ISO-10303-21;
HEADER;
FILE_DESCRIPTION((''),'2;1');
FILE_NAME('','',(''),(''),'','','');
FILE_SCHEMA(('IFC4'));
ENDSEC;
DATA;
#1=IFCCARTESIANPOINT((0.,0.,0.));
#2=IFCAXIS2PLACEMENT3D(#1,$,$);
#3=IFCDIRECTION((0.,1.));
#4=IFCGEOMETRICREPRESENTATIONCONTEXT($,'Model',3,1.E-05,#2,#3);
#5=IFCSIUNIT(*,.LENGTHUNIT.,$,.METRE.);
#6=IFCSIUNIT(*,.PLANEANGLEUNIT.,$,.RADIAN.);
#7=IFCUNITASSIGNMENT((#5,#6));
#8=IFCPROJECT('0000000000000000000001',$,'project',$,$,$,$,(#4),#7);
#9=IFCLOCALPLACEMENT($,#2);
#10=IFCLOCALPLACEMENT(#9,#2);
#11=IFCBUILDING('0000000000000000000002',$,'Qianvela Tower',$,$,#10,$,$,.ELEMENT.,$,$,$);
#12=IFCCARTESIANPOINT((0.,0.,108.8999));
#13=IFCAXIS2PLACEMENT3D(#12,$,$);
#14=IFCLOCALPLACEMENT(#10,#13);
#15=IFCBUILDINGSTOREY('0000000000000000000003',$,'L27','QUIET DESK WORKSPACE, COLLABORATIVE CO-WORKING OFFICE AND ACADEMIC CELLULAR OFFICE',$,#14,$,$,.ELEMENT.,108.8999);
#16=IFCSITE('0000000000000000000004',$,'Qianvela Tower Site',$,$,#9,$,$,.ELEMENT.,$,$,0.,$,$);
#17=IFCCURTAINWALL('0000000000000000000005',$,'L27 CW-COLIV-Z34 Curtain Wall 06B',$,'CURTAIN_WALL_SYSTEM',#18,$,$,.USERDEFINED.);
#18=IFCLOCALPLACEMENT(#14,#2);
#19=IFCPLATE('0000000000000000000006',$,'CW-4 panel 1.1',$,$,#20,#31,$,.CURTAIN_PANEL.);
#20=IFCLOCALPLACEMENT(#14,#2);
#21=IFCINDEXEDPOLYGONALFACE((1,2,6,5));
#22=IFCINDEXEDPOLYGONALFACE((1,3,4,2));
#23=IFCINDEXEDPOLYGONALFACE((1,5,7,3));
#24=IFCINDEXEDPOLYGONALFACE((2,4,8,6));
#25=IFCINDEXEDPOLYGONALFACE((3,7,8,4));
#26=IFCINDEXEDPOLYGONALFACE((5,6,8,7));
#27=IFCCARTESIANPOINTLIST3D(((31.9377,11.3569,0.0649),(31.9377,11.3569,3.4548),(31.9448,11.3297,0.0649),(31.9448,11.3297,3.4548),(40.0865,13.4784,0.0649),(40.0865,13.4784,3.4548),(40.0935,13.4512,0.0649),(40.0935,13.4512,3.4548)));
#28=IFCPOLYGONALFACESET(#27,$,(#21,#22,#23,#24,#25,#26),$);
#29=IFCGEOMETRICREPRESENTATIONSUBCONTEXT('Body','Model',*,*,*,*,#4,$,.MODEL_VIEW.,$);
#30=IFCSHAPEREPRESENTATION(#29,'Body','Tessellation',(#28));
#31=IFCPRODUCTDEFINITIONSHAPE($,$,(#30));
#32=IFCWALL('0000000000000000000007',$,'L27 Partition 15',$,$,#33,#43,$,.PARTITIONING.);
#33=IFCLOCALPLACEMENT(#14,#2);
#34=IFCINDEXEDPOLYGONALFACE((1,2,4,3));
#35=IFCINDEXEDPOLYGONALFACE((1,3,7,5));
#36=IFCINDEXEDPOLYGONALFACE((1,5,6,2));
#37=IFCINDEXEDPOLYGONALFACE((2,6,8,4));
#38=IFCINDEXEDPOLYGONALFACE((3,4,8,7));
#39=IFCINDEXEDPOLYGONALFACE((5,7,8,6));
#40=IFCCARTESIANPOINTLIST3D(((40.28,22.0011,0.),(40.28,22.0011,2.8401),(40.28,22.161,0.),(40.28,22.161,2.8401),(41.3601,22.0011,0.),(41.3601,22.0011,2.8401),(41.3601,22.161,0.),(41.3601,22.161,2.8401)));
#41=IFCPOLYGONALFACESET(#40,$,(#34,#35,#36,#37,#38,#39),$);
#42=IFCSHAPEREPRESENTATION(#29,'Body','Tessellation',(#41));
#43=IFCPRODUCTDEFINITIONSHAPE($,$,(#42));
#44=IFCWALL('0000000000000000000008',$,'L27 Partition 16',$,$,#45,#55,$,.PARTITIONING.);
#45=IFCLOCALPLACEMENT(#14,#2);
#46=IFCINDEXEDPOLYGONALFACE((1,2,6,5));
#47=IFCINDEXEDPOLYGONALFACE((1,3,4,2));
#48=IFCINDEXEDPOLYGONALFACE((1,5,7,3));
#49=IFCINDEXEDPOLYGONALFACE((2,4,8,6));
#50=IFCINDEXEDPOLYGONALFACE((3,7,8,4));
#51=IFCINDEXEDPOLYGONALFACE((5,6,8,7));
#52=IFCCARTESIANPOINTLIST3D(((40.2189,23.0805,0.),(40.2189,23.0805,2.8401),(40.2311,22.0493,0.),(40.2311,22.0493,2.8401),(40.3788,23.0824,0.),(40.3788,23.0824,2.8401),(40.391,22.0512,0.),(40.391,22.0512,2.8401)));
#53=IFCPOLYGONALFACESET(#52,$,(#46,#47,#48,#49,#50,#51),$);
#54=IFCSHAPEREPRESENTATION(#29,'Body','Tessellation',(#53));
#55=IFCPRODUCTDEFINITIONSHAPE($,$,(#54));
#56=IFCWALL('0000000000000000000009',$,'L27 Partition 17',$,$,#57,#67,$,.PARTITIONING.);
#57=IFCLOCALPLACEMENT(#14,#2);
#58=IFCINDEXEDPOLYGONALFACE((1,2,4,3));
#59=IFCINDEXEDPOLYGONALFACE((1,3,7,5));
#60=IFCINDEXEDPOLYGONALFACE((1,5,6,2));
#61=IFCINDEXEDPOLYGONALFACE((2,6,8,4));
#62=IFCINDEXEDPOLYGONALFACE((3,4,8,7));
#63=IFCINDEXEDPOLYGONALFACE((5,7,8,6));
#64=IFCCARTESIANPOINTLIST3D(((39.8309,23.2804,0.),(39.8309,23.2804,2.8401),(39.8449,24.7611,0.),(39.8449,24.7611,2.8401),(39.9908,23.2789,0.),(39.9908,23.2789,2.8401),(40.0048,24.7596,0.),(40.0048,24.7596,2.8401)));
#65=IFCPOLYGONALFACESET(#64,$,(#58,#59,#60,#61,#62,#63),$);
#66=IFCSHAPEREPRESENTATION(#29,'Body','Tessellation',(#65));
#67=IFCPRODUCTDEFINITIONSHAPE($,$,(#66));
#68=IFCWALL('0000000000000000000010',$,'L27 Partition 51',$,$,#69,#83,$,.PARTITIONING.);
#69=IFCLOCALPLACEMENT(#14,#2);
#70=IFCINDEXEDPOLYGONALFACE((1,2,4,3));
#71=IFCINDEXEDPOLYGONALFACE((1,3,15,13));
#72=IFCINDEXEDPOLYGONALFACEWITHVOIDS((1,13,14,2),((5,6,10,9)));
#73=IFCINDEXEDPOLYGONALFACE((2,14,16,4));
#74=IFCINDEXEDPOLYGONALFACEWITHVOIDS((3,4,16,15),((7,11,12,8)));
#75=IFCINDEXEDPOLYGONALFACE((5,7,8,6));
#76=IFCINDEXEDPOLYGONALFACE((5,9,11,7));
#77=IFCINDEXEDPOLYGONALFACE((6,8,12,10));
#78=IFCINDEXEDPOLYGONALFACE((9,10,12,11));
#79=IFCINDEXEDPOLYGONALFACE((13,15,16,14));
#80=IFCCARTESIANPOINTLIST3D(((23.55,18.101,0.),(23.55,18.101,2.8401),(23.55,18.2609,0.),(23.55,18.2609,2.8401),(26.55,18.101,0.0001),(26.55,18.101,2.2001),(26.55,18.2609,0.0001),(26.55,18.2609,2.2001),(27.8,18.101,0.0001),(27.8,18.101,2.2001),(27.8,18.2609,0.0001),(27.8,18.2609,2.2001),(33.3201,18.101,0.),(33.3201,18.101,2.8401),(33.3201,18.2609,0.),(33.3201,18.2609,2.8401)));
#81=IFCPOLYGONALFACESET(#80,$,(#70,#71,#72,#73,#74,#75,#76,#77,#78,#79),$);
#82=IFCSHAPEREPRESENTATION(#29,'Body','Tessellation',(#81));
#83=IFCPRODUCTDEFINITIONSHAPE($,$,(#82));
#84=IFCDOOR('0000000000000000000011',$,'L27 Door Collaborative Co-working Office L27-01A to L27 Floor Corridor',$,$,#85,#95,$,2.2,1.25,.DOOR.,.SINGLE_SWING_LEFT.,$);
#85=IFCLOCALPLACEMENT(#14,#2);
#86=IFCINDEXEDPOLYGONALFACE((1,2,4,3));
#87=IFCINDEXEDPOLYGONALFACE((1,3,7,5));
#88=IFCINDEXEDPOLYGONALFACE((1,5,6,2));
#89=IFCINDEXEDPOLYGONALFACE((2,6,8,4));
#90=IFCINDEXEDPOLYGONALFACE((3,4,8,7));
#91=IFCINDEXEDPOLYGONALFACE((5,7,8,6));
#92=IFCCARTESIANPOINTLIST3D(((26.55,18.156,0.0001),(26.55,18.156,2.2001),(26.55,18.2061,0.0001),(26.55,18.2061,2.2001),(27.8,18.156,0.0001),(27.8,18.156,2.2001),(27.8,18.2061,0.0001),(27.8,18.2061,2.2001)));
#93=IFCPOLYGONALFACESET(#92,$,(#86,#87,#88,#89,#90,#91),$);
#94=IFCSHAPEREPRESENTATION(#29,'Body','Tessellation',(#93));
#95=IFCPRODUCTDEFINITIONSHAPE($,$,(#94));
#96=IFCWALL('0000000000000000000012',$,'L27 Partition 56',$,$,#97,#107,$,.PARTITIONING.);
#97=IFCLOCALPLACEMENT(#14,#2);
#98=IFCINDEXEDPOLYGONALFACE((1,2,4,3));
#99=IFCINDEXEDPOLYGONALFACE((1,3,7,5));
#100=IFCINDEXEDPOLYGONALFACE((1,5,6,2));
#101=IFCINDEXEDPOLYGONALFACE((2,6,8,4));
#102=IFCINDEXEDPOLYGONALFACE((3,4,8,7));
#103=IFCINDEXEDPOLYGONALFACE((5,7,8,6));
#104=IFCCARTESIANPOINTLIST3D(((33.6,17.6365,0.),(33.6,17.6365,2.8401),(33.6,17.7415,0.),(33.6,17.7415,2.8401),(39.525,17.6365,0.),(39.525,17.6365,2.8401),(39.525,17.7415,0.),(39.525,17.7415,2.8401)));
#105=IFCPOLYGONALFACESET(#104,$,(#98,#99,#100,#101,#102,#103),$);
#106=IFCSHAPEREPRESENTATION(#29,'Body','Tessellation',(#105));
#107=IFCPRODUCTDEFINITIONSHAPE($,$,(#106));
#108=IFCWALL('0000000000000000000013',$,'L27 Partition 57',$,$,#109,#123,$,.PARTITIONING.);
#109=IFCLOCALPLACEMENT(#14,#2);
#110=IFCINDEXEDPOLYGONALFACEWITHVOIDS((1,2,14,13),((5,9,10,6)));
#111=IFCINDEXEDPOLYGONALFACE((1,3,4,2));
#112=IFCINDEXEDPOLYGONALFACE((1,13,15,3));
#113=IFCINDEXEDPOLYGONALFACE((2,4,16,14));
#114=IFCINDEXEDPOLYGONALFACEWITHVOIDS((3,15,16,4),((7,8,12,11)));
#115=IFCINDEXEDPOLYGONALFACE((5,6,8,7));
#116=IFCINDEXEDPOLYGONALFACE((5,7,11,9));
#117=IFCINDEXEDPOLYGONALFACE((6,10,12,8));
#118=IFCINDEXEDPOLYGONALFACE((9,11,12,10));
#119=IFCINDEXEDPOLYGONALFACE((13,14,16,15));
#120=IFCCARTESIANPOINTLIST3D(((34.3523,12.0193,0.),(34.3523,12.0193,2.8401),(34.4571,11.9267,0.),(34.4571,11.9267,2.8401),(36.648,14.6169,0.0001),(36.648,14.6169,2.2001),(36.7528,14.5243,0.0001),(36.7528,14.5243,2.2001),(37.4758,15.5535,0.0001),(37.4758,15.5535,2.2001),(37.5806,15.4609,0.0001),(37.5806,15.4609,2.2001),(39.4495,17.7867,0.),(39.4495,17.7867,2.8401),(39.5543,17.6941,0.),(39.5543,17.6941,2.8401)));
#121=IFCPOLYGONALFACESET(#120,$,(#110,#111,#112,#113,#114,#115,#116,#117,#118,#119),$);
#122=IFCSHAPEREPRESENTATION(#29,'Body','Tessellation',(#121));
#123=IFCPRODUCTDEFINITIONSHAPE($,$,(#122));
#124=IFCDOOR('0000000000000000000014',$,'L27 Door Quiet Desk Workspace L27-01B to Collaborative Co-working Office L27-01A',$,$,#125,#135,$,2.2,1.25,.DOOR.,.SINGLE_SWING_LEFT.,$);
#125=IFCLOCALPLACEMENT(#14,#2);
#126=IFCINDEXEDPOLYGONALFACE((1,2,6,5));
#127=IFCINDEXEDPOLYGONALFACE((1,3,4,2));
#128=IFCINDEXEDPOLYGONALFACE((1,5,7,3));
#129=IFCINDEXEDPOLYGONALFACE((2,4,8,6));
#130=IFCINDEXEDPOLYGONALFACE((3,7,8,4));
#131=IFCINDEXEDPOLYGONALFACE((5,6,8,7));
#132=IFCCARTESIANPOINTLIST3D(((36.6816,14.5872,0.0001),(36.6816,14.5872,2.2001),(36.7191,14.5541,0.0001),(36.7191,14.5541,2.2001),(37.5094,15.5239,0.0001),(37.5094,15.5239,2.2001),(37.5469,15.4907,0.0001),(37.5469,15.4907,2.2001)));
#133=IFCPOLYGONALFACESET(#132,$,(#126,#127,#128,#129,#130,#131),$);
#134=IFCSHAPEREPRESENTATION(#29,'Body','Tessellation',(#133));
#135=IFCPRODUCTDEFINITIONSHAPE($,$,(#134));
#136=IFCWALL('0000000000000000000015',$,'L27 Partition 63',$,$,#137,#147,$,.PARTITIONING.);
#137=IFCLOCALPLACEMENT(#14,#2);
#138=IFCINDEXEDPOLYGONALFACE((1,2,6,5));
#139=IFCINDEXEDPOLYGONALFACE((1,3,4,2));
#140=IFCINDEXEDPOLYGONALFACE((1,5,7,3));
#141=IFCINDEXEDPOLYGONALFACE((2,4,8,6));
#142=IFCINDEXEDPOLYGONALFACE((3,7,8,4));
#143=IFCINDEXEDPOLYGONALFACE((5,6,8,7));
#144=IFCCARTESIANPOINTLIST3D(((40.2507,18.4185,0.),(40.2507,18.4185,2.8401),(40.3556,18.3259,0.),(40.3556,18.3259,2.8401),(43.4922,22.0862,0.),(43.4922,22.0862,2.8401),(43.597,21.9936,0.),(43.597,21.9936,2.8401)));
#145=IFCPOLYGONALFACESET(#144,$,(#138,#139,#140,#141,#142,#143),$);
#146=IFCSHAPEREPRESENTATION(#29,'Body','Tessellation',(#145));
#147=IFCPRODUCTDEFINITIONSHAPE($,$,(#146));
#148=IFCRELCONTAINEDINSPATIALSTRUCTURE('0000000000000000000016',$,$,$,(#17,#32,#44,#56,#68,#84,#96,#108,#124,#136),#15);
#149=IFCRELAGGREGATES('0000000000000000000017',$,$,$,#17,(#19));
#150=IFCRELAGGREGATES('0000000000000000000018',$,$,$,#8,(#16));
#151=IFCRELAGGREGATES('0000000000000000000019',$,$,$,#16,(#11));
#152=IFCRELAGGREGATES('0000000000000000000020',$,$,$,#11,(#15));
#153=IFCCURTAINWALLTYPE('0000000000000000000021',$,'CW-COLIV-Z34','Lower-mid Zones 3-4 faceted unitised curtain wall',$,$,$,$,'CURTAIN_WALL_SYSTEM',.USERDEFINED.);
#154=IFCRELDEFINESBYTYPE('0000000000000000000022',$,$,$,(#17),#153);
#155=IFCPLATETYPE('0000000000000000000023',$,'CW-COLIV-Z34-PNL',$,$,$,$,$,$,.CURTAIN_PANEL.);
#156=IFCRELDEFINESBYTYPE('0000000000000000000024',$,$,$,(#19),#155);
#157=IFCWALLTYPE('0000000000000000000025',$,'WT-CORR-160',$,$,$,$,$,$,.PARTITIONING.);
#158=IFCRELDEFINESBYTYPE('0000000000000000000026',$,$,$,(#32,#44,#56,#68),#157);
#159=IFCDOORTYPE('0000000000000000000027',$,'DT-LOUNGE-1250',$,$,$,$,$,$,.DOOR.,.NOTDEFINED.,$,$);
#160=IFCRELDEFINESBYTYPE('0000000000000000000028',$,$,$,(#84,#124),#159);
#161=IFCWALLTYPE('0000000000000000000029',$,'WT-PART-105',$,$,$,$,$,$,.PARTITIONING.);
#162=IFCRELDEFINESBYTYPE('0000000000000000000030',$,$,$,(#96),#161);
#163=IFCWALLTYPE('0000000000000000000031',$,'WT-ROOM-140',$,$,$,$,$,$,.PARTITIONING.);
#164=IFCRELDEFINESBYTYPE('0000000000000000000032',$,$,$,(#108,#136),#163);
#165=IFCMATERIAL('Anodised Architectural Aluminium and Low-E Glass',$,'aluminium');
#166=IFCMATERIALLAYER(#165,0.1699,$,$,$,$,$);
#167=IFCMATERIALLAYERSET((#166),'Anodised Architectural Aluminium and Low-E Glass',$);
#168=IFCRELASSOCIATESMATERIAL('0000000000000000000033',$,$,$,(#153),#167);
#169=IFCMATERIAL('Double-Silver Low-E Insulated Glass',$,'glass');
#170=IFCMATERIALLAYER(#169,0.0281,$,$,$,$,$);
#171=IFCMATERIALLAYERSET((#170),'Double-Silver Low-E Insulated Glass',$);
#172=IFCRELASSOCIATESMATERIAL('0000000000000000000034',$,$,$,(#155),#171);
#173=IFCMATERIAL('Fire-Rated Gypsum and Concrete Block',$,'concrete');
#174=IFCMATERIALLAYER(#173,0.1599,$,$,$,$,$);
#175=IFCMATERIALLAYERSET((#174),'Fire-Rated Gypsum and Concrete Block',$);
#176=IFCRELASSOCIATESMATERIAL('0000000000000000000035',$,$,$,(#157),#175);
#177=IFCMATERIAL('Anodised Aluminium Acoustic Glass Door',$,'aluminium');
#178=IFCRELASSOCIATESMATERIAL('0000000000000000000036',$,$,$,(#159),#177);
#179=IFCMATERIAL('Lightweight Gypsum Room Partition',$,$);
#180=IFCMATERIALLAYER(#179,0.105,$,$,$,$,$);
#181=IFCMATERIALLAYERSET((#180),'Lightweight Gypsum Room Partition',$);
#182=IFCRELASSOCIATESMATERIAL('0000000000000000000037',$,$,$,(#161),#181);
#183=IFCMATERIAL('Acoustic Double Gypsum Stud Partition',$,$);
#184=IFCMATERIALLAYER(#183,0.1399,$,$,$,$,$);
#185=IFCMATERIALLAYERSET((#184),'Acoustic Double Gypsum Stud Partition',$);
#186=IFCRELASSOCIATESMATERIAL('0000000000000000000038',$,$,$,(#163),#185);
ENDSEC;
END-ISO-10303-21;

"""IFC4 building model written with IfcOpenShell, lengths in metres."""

from ifc_helpers import new_model, si_unit, direction, frame, frame_2d, origin, origin_2d, place, context, subcontext, project, spatial, rectangle, extrude, material, layer, layer_set, type_object, element, fill, aggregate, save


model = new_model("IFC4")

# Units and contexts
model_context = context("Model", 3, precision=1e-05, world=origin(), true_north=direction((0.0, 1.0)))
body_context = subcontext(model_context, "Body", "Model", "MODEL_VIEW")
ifc_project = project(units=[si_unit("LENGTHUNIT", "METRE"), si_unit("PLANEANGLEUNIT", "RADIAN")], contexts=[model_context])

# Site, building, storey
site_placement = place(None, origin())
site = spatial("IfcSite", under=ifc_project, at=site_placement, Name="Qianvela Tower Site", CompositionType="ELEMENT", RefElevation=0.0)
building_placement = place(site_placement, origin())
building = spatial("IfcBuilding", under=site, at=building_placement, Name="Qianvela Tower", CompositionType="ELEMENT")
storey_placement = place(building_placement, frame((0.0, 0.0, 108.8999)))
storey = spatial("IfcBuildingStorey", under=building, at=storey_placement, Name="L27", Description="QUIET DESK WORKSPACE, COLLABORATIVE CO-WORKING OFFICE AND ACADEMIC CELLULAR OFFICE", CompositionType="ELEMENT", Elevation=108.8999)

# Curtain wall, plate
ifc_material_1 = material(Name="Anodised Architectural Aluminium and Low-E Glass", Category="aluminium")
ifc_layer_1 = layer(ifc_material_1, 0.1699)
ifc_layer_set_1 = layer_set([ifc_layer_1], Name="Anodised Architectural Aluminium and Low-E Glass")
curtain_wall_type = type_object("IfcCurtainWallType", Name="CW-COLIV-Z34", Description="Lower-mid Zones 3-4 faceted unitised curtain wall", ElementType="CURTAIN_WALL_SYSTEM", PredefinedType="USERDEFINED", material=ifc_layer_set_1)
curtain_wall_placement = place(storey_placement, origin())
curtain_wall = element("IfcCurtainWall", 1, at=curtain_wall_placement, inside=storey, type_object=curtain_wall_type, Name="L27 CW-COLIV-Z34 Curtain Wall 06B", ObjectType="CURTAIN_WALL_SYSTEM", PredefinedType="USERDEFINED")
ifc_material_2 = material(Name="Double-Silver Low-E Insulated Glass", Category="glass")
ifc_layer_2 = layer(ifc_material_2, 0.0281)
ifc_layer_set_2 = layer_set([ifc_layer_2], Name="Double-Silver Low-E Insulated Glass")
plate_type = type_object("IfcPlateType", Name="CW-COLIV-Z34-PNL", PredefinedType="CURTAIN_PANEL", material=ifc_layer_set_2)
plate_placement = place(storey_placement, frame((36.0156, 12.4041, 0.0649), z_axis=(0.0, 0.0, 1.0), x_axis=(0.96774, 0.251949, 0.0)))
plate = element("IfcPlate", 2, at=plate_placement, type_object=plate_type, Name="CW-4 panel 1.1", PredefinedType="CURTAIN_PANEL", context=body_context, shape_type="SweptSolid", body=[
    extrude(rectangle(XDim=8.4204, YDim=0.0281, at=origin_2d()), origin(), (0.0, 0.0, 1.0), 3.3899),
])
aggregate(curtain_wall, [plate])

# Shared definitions
ifc_material_3 = material(Name="Fire-Rated Gypsum and Concrete Block", Category="concrete")
ifc_layer_3 = layer(ifc_material_3, 0.1599)
ifc_layer_set_3 = layer_set([ifc_layer_3], Name="Fire-Rated Gypsum and Concrete Block")
wall_type_1 = type_object("IfcWallType", Name="WT-CORR-160", PredefinedType="PARTITIONING", material=ifc_layer_set_3)

# Walls
wall_1_placement = place(storey_placement, frame((41.3601, 22.0811, 0.0), z_axis=(0.0, 0.0, 1.0), x_axis=(-1.0, 0.0, 0.0)))
element("IfcWall", 3, at=wall_1_placement, inside=storey, type_object=wall_type_1, Name="L27 Partition 15", PredefinedType="PARTITIONING", context=body_context, shape_type="SweptSolid", body=[
    extrude(rectangle(XDim=1.0801, YDim=0.1599, at=frame_2d((0.54, 0.0))), origin(), (0.0, 0.0, 1.0), 2.8401),
])
wall_2_placement = place(storey_placement, frame((40.311, 22.0503, 0.0), z_axis=(0.0, 0.0, 1.0), x_axis=(-0.011836, 0.99993, 0.0)))
element("IfcWall", 4, at=wall_2_placement, inside=storey, type_object=wall_type_1, Name="L27 Partition 16", PredefinedType="PARTITIONING", context=body_context, shape_type="SweptSolid", body=[
    extrude(rectangle(XDim=1.0312, YDim=0.1599, at=frame_2d((0.5156, 0.0))), origin(), (0.0, 0.0, 1.0), 2.8401),
])
wall_3_placement = place(storey_placement, frame((39.9109, 23.2798, 0.0), z_axis=(0.0, 0.0, 1.0), x_axis=(0.009398, 0.999956, 0.0)))
element("IfcWall", 5, at=wall_3_placement, inside=storey, type_object=wall_type_1, Name="L27 Partition 17", PredefinedType="PARTITIONING", context=body_context, shape_type="SweptSolid", body=[
    extrude(rectangle(XDim=1.4807, YDim=0.1599, at=frame_2d((0.7402, 0.0))), origin(), (0.0, 0.0, 1.0), 2.8401),
])

# Wall, opening, door
wall_4_placement = place(storey_placement, frame((33.3201, 18.1809, 0.0), z_axis=(0.0, 0.0, 1.0), x_axis=(-1.0, 0.0, 0.0)))
wall_4 = element("IfcWall", 6, at=wall_4_placement, inside=storey, type_object=wall_type_1, Name="L27 Partition 51", PredefinedType="PARTITIONING", context=body_context, shape_type="SweptSolid", body=[
    extrude(rectangle(XDim=9.77, YDim=0.1599, at=frame_2d((4.885, 0.0))), origin(), (0.0, 0.0, 1.0), 2.8401),
])
opening_1_placement = place(wall_4_placement, frame((5.52, 0.0, 0.0)))
opening_1 = element("IfcOpeningElement", 7, at=opening_1_placement, cuts=wall_4, PredefinedType="OPENING", context=body_context, shape_type="SweptSolid", body=[
    extrude(rectangle(XDim=1.25, YDim=2.2, at=frame_2d((0.625, 1.1001))), frame((0.0, 0.0898, 0.0), z_axis=(0.0, -1.0, 0.0), x_axis=(1.0, 0.0, 0.0)), (0.0, 0.0, 1.0), 0.1799),
])
ifc_material_4 = material(Name="Anodised Aluminium Acoustic Glass Door", Category="aluminium")
door_type_1 = type_object("IfcDoorType", Name="DT-LOUNGE-1250", OperationType="NOTDEFINED", PredefinedType="DOOR", material=ifc_material_4)
door_1_placement = place(opening_1_placement, origin())
door_1 = element("IfcDoor", 8, at=door_1_placement, inside=storey, type_object=door_type_1, Name="L27 Door Collaborative Co-working Office L27-01A to L27 Floor Corridor", OperationType="SINGLE_SWING_LEFT", OverallHeight=2.2, OverallWidth=1.25, PredefinedType="DOOR", context=body_context, shape_type="SweptSolid", body=[
    extrude(rectangle(XDim=1.25, YDim=2.2, at=frame_2d((0.625, 1.1001))), frame((0.0, 0.0249, 0.0), z_axis=(0.0, -1.0, 0.0), x_axis=(1.0, 0.0, 0.0)), (0.0, 0.0, 1.0), 0.05),
])
fill(opening_1, door_1)

# Wall
ifc_material_5 = material(Name="Lightweight Gypsum Room Partition")
ifc_layer_4 = layer(ifc_material_5, 0.105)
ifc_layer_set_4 = layer_set([ifc_layer_4], Name="Lightweight Gypsum Room Partition")
wall_type_2 = type_object("IfcWallType", Name="WT-PART-105", PredefinedType="PARTITIONING", material=ifc_layer_set_4)
wall_5_placement = place(storey_placement, frame((33.6001, 17.689, 0.0), z_axis=(0.0, 0.0, 1.0), x_axis=(1.0, 0.0, 0.0)))
element("IfcWall", 9, at=wall_5_placement, inside=storey, type_object=wall_type_2, Name="L27 Partition 56", PredefinedType="PARTITIONING", context=body_context, shape_type="SweptSolid", body=[
    extrude(rectangle(XDim=5.925, YDim=0.105, at=frame_2d((2.9624, 0.0))), origin(), (0.0, 0.0, 1.0), 2.8401),
])

# Wall, opening, door
ifc_material_6 = material(Name="Acoustic Double Gypsum Stud Partition")
ifc_layer_5 = layer(ifc_material_6, 0.1399)
ifc_layer_set_5 = layer_set([ifc_layer_5], Name="Acoustic Double Gypsum Stud Partition")
wall_type_3 = type_object("IfcWallType", Name="WT-ROOM-140", PredefinedType="PARTITIONING", material=ifc_layer_set_5)
wall_6_placement = place(storey_placement, frame((39.502, 17.7405, 0.0), z_axis=(0.0, 0.0, 1.0), x_axis=(-0.662231, -0.7493, 0.0)))
wall_6 = element("IfcWall", 10, at=wall_6_placement, inside=storey, type_object=wall_type_3, Name="L27 Partition 57", PredefinedType="PARTITIONING", context=body_context, shape_type="SweptSolid", body=[
    extrude(rectangle(XDim=7.697, YDim=0.1399, at=frame_2d((3.8486, 0.0))), origin(), (0.0, 0.0, 1.0), 2.8401),
])
opening_2_placement = place(wall_6_placement, frame((2.9805, 0.0, 0.0)))
opening_2 = element("IfcOpeningElement", 11, at=opening_2_placement, cuts=wall_6, PredefinedType="OPENING", context=body_context, shape_type="SweptSolid", body=[
    extrude(rectangle(XDim=1.25, YDim=2.2, at=frame_2d((0.625, 1.1001))), frame((0.0, 0.0798, 0.0), z_axis=(0.0, -1.0, 0.0), x_axis=(1.0, 0.0, 0.0)), (0.0, 0.0, 1.0), 0.1599),
])
door_2_placement = place(opening_2_placement, origin())
door_2 = element("IfcDoor", 12, at=door_2_placement, inside=storey, type_object=door_type_1, Name="L27 Door Quiet Desk Workspace L27-01B to Collaborative Co-working Office L27-01A", OperationType="SINGLE_SWING_LEFT", OverallHeight=2.2, OverallWidth=1.25, PredefinedType="DOOR", context=body_context, shape_type="SweptSolid", body=[
    extrude(rectangle(XDim=1.25, YDim=2.2, at=frame_2d((0.625, 1.1001))), frame((0.0, 0.0249, 0.0), z_axis=(0.0, -1.0, 0.0), x_axis=(1.0, 0.0, 0.0)), (0.0, 0.0, 1.0), 0.05),
])
fill(opening_2, door_2)

# Wall
wall_7_placement = place(storey_placement, frame((40.3032, 18.3723, 0.0), z_axis=(0.0, 0.0, 1.0), x_axis=(0.662222, 0.749308, 0.0)))
element("IfcWall", 13, at=wall_7_placement, inside=storey, type_object=wall_type_3, Name="L27 Partition 63", PredefinedType="PARTITIONING", context=body_context, shape_type="SweptSolid", body=[
    extrude(rectangle(XDim=4.8948, YDim=0.1399, at=frame_2d((2.4473, 0.0))), origin(), (0.0, 0.0, 1.0), 2.8401),
])

save(model, "model.ifc")
